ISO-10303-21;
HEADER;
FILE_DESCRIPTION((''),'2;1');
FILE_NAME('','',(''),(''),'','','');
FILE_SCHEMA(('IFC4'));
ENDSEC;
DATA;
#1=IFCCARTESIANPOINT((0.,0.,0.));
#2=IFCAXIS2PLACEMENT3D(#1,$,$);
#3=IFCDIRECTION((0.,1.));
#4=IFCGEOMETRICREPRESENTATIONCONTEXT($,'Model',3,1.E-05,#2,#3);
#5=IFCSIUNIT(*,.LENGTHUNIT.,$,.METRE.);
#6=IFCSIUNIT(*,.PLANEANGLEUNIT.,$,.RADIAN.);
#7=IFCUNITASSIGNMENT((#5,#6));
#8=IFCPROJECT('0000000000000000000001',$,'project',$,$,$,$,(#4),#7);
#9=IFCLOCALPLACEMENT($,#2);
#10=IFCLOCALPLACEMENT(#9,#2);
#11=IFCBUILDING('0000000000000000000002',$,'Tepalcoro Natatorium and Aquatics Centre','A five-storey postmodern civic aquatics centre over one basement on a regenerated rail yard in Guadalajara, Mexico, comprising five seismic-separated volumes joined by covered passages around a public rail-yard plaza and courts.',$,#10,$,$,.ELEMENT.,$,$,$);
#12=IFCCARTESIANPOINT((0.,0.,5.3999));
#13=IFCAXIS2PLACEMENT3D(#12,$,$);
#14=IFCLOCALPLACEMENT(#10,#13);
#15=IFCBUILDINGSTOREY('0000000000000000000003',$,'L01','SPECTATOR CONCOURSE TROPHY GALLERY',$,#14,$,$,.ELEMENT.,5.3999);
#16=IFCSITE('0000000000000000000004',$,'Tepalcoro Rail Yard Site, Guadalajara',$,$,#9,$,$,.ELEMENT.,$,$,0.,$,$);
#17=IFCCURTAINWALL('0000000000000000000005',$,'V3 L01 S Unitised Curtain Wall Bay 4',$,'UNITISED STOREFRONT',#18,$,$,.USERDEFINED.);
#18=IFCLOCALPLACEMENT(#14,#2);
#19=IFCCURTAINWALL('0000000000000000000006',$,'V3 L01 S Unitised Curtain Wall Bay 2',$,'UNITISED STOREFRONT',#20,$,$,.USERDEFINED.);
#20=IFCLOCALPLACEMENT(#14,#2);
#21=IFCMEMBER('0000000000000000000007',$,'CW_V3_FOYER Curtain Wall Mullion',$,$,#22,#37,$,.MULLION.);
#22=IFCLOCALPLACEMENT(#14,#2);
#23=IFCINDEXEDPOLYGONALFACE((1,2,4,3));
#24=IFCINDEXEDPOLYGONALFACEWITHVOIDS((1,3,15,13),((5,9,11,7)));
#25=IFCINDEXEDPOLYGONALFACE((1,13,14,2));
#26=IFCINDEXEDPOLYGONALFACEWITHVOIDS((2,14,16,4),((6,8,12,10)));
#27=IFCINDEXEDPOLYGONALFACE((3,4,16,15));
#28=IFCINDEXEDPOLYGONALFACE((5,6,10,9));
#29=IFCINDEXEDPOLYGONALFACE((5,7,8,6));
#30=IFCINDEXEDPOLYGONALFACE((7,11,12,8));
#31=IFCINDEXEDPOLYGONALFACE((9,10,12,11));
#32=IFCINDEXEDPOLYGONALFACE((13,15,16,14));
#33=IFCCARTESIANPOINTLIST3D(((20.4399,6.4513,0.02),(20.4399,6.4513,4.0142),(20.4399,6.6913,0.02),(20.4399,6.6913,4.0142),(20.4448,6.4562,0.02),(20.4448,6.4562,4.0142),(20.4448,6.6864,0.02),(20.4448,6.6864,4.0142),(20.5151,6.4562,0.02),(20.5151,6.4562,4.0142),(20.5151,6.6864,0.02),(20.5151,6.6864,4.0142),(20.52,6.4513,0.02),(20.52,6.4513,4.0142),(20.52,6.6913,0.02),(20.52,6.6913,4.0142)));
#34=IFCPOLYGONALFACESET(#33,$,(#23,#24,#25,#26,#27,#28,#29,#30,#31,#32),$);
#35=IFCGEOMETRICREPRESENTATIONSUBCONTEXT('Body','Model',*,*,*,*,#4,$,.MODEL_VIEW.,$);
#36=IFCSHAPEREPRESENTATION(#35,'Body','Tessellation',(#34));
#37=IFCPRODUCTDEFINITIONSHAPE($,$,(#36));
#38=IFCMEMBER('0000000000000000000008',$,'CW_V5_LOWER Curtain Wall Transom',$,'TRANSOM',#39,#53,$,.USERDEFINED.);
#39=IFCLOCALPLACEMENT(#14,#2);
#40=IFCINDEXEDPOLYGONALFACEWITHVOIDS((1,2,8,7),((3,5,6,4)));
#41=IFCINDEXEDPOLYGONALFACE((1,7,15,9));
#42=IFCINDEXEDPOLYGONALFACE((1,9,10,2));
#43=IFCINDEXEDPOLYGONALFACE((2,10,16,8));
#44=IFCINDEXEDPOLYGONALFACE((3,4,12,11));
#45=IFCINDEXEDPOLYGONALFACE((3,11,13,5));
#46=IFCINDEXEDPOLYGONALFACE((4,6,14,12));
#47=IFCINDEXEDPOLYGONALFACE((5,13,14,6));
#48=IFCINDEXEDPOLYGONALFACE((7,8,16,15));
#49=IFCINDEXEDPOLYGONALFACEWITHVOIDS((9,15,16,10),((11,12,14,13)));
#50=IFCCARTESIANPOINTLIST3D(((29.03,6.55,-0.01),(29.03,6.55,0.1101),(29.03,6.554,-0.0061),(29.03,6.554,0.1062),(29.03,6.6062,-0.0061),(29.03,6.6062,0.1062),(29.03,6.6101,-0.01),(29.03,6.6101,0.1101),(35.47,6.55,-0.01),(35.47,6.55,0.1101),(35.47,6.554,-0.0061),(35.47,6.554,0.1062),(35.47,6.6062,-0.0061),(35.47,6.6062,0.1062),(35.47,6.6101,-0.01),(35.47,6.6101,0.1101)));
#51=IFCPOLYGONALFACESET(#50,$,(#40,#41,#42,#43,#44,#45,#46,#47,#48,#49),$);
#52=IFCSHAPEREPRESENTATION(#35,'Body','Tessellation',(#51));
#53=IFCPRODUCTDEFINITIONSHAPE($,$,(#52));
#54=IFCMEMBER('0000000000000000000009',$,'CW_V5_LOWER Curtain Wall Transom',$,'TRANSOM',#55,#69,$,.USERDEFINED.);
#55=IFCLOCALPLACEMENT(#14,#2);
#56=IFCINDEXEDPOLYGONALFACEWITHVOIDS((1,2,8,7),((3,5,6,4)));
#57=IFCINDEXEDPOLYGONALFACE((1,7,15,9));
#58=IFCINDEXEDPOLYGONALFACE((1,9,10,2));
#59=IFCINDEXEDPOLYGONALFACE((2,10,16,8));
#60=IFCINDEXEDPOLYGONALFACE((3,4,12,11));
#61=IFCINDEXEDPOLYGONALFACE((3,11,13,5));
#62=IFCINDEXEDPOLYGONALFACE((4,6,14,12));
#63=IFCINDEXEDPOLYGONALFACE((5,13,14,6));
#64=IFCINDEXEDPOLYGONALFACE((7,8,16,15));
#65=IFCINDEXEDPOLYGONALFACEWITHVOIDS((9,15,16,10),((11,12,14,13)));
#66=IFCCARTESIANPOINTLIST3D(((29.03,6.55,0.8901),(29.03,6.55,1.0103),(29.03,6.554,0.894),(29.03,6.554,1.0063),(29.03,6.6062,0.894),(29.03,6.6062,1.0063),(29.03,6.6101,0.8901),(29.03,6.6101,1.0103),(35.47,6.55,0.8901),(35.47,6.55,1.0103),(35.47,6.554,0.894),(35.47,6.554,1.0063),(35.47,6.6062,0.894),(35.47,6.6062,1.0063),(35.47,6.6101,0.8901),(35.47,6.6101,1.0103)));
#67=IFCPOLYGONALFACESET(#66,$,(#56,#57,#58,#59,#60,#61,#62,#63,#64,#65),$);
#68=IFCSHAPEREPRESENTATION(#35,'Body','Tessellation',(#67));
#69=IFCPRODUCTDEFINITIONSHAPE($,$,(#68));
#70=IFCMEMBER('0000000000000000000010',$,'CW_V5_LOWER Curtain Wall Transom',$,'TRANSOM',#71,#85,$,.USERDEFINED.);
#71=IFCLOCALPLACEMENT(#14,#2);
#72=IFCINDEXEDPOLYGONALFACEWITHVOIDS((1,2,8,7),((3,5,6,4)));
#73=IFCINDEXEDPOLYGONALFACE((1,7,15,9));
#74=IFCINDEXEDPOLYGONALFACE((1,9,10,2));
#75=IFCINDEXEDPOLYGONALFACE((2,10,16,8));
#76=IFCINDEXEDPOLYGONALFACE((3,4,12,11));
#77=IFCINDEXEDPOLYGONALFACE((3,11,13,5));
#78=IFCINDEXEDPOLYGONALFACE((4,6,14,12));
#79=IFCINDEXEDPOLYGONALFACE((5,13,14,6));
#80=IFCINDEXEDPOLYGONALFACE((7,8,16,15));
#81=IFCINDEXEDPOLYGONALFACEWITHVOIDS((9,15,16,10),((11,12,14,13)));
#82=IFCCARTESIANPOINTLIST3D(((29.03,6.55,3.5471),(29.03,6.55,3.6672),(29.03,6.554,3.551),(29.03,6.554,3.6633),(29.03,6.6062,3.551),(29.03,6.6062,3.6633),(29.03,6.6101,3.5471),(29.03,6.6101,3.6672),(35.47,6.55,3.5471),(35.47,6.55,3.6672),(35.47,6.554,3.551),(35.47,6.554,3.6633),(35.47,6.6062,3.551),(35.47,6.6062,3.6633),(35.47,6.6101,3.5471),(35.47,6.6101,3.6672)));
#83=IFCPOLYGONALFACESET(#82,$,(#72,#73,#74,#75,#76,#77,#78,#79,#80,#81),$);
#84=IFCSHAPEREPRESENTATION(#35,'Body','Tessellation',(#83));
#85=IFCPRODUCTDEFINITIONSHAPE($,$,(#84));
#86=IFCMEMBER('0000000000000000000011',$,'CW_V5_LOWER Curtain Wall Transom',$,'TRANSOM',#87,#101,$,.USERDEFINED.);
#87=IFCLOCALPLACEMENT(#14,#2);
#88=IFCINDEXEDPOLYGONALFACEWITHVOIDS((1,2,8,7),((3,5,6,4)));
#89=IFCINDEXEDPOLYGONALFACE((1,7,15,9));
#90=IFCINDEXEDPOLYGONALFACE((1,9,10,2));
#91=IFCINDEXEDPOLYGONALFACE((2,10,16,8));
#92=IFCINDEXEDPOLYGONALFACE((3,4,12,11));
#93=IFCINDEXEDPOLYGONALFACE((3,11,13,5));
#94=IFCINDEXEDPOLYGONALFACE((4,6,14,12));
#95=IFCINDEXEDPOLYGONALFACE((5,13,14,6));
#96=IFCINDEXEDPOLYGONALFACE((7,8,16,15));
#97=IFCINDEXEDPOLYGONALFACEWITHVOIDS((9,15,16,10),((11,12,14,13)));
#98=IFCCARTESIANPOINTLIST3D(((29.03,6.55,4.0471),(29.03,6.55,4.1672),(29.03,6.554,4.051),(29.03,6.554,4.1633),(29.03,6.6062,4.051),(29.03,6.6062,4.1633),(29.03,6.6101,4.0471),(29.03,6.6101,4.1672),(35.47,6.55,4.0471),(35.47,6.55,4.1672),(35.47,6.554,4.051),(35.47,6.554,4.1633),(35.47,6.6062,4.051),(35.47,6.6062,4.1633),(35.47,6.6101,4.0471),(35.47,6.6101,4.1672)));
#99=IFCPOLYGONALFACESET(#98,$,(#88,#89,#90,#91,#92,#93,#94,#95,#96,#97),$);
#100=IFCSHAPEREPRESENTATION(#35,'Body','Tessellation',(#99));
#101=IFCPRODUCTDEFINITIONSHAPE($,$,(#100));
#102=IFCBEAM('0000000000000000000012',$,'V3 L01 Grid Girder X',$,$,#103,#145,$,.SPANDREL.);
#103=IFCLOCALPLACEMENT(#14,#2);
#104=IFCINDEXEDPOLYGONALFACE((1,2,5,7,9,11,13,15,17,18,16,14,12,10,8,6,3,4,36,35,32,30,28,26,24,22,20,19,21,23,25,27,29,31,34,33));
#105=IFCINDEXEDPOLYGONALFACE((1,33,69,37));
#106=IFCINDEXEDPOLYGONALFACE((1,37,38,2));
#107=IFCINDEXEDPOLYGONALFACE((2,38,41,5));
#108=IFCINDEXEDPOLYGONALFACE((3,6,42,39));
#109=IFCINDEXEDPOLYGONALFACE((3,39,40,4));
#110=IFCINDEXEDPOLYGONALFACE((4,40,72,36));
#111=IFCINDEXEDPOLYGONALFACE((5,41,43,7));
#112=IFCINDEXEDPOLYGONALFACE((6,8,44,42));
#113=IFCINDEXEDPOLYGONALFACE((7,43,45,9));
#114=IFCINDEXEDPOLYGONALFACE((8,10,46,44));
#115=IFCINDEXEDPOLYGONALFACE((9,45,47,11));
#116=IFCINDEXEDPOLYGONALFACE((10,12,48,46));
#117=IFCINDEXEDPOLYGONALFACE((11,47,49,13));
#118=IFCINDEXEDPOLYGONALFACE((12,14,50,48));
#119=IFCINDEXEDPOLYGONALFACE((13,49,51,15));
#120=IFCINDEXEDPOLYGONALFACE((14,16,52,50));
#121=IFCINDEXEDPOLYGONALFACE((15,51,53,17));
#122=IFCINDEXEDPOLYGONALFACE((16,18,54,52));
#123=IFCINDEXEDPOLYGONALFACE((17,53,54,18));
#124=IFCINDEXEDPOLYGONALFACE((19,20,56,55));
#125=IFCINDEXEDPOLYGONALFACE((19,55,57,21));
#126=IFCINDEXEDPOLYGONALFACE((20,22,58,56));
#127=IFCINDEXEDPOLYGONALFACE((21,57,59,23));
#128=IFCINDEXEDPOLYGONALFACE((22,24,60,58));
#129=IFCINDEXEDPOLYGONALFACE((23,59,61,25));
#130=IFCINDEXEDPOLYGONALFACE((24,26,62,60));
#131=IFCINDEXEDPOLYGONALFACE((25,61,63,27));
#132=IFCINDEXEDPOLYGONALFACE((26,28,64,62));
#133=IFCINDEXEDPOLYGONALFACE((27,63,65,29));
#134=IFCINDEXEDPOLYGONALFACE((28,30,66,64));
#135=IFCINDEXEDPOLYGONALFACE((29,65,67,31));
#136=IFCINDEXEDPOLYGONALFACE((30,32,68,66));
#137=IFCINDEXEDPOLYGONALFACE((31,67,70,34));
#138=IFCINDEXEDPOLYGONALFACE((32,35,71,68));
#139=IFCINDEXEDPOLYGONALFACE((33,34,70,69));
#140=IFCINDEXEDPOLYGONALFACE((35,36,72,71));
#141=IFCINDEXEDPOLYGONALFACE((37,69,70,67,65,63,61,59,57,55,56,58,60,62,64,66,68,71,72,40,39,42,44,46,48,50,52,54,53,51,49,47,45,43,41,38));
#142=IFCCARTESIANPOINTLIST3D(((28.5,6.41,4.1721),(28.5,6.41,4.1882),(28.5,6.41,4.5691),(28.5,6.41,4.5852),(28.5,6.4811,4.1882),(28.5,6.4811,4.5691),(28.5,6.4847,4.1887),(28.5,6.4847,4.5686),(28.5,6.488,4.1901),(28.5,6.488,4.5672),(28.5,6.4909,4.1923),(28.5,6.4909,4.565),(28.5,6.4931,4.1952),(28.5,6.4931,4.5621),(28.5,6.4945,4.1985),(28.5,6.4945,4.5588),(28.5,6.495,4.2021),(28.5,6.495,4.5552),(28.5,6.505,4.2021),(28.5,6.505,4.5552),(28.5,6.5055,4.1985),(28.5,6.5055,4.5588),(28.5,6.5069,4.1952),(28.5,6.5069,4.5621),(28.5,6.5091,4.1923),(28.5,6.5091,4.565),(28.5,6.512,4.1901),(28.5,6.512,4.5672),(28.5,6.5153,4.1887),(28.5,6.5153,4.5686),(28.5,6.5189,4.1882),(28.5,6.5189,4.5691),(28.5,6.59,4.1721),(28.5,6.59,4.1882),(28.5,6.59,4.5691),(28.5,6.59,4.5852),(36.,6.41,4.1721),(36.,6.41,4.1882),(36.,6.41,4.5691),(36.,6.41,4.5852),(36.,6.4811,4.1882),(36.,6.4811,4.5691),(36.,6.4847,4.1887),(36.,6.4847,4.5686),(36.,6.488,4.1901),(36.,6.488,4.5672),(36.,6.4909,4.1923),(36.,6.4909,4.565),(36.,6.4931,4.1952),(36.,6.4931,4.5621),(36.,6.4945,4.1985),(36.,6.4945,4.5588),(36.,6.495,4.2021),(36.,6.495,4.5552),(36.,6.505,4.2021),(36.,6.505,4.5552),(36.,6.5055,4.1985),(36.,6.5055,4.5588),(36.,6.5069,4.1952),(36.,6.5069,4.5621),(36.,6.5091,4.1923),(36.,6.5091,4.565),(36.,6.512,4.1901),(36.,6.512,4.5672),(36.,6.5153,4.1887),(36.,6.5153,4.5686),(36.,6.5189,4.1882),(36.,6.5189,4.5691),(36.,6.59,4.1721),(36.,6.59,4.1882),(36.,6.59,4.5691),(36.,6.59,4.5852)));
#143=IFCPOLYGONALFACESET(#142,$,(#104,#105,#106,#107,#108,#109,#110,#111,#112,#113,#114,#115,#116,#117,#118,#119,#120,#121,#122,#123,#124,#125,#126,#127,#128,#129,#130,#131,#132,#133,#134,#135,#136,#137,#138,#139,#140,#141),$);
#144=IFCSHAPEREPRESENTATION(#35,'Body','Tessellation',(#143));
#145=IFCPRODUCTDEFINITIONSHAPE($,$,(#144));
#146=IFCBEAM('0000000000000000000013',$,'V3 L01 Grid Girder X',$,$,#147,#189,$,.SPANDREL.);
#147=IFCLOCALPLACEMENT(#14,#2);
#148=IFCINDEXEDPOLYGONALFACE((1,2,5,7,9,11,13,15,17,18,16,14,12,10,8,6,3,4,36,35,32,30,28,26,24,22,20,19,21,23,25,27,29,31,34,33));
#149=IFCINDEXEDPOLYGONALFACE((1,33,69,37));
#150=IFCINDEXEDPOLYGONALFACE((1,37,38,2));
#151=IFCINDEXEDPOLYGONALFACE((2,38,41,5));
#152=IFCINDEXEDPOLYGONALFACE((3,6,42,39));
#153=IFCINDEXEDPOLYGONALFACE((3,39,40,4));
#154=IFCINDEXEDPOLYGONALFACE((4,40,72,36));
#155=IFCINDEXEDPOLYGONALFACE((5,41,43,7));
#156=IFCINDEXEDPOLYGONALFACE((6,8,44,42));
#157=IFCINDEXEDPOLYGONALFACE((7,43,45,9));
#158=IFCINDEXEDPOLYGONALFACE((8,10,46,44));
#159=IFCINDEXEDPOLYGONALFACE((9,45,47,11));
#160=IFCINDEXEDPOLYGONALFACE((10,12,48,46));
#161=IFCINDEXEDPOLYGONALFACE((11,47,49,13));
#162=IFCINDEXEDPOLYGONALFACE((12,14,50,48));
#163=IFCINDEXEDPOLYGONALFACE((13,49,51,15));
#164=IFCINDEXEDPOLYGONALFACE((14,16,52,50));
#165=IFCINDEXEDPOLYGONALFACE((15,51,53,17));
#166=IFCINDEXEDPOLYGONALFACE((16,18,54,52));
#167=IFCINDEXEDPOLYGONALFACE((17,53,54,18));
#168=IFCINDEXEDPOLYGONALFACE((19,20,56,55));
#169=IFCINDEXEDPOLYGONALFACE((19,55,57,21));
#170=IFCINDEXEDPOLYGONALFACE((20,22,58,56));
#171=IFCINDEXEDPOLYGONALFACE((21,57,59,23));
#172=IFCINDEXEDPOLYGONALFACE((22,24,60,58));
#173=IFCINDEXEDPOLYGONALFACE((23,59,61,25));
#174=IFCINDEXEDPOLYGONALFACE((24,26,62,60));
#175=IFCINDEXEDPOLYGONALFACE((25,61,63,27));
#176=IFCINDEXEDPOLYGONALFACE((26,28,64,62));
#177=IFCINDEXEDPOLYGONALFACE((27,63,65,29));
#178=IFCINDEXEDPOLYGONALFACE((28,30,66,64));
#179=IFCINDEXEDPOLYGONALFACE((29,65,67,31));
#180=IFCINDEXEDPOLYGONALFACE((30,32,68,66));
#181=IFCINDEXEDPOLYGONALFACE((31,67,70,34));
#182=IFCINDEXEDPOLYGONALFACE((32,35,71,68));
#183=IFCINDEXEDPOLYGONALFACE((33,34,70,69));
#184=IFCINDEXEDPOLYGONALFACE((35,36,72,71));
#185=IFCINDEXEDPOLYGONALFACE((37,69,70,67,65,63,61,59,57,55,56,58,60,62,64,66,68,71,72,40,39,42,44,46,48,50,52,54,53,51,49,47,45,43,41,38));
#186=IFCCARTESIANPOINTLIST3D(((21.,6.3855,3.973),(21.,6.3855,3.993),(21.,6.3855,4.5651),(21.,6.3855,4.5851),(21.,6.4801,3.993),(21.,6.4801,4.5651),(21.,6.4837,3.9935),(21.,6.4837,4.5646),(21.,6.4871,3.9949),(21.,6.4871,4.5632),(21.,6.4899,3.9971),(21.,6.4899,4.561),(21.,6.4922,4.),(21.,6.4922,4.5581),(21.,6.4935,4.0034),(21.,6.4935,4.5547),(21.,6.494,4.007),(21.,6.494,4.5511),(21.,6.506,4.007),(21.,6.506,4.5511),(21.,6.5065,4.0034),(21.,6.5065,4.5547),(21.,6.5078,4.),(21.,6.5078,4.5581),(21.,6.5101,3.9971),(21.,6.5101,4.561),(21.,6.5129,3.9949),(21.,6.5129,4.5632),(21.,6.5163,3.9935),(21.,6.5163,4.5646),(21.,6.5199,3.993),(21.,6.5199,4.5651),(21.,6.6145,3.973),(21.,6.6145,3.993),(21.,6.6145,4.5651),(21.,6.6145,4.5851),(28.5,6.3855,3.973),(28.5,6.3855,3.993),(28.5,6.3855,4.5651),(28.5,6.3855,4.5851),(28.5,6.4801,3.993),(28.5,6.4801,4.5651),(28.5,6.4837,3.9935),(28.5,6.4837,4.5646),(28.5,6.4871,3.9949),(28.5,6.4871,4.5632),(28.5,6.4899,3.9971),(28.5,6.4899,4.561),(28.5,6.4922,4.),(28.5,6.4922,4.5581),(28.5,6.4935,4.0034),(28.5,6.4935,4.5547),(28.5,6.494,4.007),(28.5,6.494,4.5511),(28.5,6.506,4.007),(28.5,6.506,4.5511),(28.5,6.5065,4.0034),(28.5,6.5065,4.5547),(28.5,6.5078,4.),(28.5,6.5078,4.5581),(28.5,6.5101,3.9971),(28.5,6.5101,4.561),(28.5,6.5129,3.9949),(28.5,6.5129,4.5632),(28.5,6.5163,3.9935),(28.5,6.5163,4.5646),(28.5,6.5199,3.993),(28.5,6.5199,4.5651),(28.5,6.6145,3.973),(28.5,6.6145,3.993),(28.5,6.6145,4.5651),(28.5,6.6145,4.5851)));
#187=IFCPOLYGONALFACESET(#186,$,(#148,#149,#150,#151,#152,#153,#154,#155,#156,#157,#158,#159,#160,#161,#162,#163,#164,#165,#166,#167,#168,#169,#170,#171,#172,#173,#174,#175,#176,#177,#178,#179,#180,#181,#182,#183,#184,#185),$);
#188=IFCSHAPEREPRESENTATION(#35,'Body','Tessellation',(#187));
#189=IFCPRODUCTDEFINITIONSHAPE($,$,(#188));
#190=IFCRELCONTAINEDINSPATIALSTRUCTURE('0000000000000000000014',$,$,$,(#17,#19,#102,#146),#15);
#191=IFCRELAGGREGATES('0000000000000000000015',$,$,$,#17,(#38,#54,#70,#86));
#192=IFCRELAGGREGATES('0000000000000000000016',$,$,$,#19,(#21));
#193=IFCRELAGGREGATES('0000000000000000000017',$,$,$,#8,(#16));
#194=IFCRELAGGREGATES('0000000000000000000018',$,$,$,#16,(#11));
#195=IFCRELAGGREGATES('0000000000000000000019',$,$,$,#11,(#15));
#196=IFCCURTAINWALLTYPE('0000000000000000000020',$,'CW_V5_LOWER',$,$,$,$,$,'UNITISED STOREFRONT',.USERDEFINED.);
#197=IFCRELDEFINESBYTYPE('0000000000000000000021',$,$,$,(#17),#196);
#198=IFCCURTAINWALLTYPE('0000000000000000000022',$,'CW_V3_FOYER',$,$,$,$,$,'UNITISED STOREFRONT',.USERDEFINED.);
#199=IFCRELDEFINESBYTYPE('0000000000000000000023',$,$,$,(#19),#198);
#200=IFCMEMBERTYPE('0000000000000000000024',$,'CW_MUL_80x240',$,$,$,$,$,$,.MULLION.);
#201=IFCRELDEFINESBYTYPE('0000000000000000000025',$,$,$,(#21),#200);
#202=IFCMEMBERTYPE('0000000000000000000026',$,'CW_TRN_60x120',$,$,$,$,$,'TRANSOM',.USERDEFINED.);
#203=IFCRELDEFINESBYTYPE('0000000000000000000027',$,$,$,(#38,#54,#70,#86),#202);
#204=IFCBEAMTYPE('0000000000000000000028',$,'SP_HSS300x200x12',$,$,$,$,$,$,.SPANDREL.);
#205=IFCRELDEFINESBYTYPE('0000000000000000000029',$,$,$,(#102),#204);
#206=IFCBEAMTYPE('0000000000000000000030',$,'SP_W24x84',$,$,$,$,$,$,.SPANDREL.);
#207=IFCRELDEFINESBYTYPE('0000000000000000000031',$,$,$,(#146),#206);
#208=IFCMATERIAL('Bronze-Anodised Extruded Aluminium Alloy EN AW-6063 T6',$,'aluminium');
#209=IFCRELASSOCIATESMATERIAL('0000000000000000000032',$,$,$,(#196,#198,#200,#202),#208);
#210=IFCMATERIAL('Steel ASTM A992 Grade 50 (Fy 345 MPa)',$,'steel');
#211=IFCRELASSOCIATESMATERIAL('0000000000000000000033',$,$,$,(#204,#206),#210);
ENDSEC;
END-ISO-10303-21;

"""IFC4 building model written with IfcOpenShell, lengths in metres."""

from ifc_helpers import new_model, si_unit, direction, frame, origin, origin_2d, place, context, subcontext, project, spatial, hollow_rectangle, i_section, extrude, material, material_profile, profile_set, type_object, element, aggregate, save


model = new_model("IFC4")

# Units and contexts
model_context = context("Model", 3, precision=1e-05, world=origin(), true_north=direction((0.0, 1.0)))
body_context = subcontext(model_context, "Body", "Model", "MODEL_VIEW")
ifc_project = project(units=[si_unit("LENGTHUNIT", "METRE"), si_unit("PLANEANGLEUNIT", "RADIAN")], contexts=[model_context])

# Site, building, storey
site_placement = place(None, origin())
site = spatial("IfcSite", under=ifc_project, at=site_placement, Name="Tepalcoro Rail Yard Site, Guadalajara", CompositionType="ELEMENT", RefElevation=0.0)
building_placement = place(site_placement, origin())
building = spatial("IfcBuilding", under=site, at=building_placement, Name="Tepalcoro Natatorium and Aquatics Centre", Description="A five-storey postmodern civic aquatics centre over one basement on a regenerated rail yard in Guadalajara, Mexico, comprising five seismic-separated volumes joined by covered passages around a public rail-yard plaza and courts.", CompositionType="ELEMENT")
storey_placement = place(building_placement, frame((0.0, 0.0, 5.3999)))
storey = spatial("IfcBuildingStorey", under=building, at=storey_placement, Name="L01", Description="SPECTATOR CONCOURSE TROPHY GALLERY", CompositionType="ELEMENT", Elevation=5.3999)

# Shared definitions
ifc_material_1 = material(Name="Steel ASTM A992 Grade 50 (Fy 345 MPa)", Category="steel")

# Curtain wall
ifc_material_2 = material(Name="Bronze-Anodised Extruded Aluminium Alloy EN AW-6063 T6", Category="aluminium")
curtain_wall_type_1 = type_object("IfcCurtainWallType", Name="CW_V5_LOWER", ElementType="UNITISED STOREFRONT", PredefinedType="USERDEFINED", material=ifc_material_2)
curtain_wall_1_placement = place(storey_placement, origin())
curtain_wall_1 = element("IfcCurtainWall", 1, at=curtain_wall_1_placement, inside=storey, type_object=curtain_wall_type_1, Name="V3 L01 S Unitised Curtain Wall Bay 4", ObjectType="UNITISED STOREFRONT", PredefinedType="USERDEFINED")

# Curtain wall, member
curtain_wall_type_2 = type_object("IfcCurtainWallType", Name="CW_V3_FOYER", ElementType="UNITISED STOREFRONT", PredefinedType="USERDEFINED", material=ifc_material_2)
curtain_wall_2_placement = place(storey_placement, origin())
curtain_wall_2 = element("IfcCurtainWall", 2, at=curtain_wall_2_placement, inside=storey, type_object=curtain_wall_type_2, Name="V3 L01 S Unitised Curtain Wall Bay 2", ObjectType="UNITISED STOREFRONT", PredefinedType="USERDEFINED")
ifc_material_profile_1 = material_profile(ifc_material_2, hollow_rectangle(XDim=0.0801, YDim=0.24, WallThickness=0.0049, at=origin_2d()), Name="AL80X240X5")
ifc_profile_set_1 = profile_set([ifc_material_profile_1], Name="Bronze-Anodised Extruded Aluminium Alloy EN AW-6063 T6")
member_type_1 = type_object("IfcMemberType", Name="CW_MUL_80x240", PredefinedType="MULLION", material=ifc_profile_set_1)
member_1_placement = place(storey_placement, frame((20.48, 6.5713, 0.02), z_axis=(0.0, 0.0, 1.0), x_axis=(1.0, 0.0, 0.0)))
member_1 = element("IfcMember", 3, at=member_1_placement, type_object=member_type_1, Name="CW_V3_FOYER Curtain Wall Mullion", PredefinedType="MULLION", context=body_context, shape_type="SweptSolid", body=[
    extrude(hollow_rectangle(XDim=0.0801, YDim=0.24, WallThickness=0.0049, at=origin_2d()), origin(), (0.0, 0.0, 1.0), 3.9941),
])

# Members
ifc_material_profile_2 = material_profile(ifc_material_2, hollow_rectangle(XDim=0.0601, YDim=0.1201, WallThickness=0.0039, at=origin_2d()), Name="AL60X120X4")
ifc_profile_set_2 = profile_set([ifc_material_profile_2], Name="Bronze-Anodised Extruded Aluminium Alloy EN AW-6063 T6")
member_type_2 = type_object("IfcMemberType", Name="CW_TRN_60x120", ElementType="TRANSOM", PredefinedType="USERDEFINED", material=ifc_profile_set_2)
member_2_placement = place(storey_placement, frame((29.03, 6.5801, 0.05), z_axis=(1.0, 0.0, 0.0), x_axis=(0.0, 1.0, 0.0)))
member_2 = element("IfcMember", 4, at=member_2_placement, type_object=member_type_2, Name="CW_V5_LOWER Curtain Wall Transom", ObjectType="TRANSOM", PredefinedType="USERDEFINED", context=body_context, shape_type="SweptSolid", body=[
    extrude(hollow_rectangle(XDim=0.0601, YDim=0.1201, WallThickness=0.0039, at=origin_2d()), origin(), (0.0, 0.0, 1.0), 6.4399),
])
member_3_placement = place(storey_placement, frame((29.03, 6.5801, 0.9502), z_axis=(1.0, 0.0, 0.0), x_axis=(0.0, 1.0, 0.0)))
member_3 = element("IfcMember", 5, at=member_3_placement, type_object=member_type_2, Name="CW_V5_LOWER Curtain Wall Transom", ObjectType="TRANSOM", PredefinedType="USERDEFINED", context=body_context, shape_type="SweptSolid", body=[
    extrude(hollow_rectangle(XDim=0.0601, YDim=0.1201, WallThickness=0.0039, at=origin_2d()), origin(), (0.0, 0.0, 1.0), 6.4399),
])
member_4_placement = place(storey_placement, frame((29.03, 6.5801, 3.6072), z_axis=(1.0, 0.0, 0.0), x_axis=(0.0, 1.0, 0.0)))
member_4 = element("IfcMember", 6, at=member_4_placement, type_object=member_type_2, Name="CW_V5_LOWER Curtain Wall Transom", ObjectType="TRANSOM", PredefinedType="USERDEFINED", context=body_context, shape_type="SweptSolid", body=[
    extrude(hollow_rectangle(XDim=0.0601, YDim=0.1201, WallThickness=0.0039, at=origin_2d()), origin(), (0.0, 0.0, 1.0), 6.4399),
])
member_5_placement = place(storey_placement, frame((29.03, 6.5801, 4.1072), z_axis=(1.0, 0.0, 0.0), x_axis=(0.0, 1.0, 0.0)))
member_5 = element("IfcMember", 7, at=member_5_placement, type_object=member_type_2, Name="CW_V5_LOWER Curtain Wall Transom", ObjectType="TRANSOM", PredefinedType="USERDEFINED", context=body_context, shape_type="SweptSolid", body=[
    extrude(hollow_rectangle(XDim=0.0601, YDim=0.1201, WallThickness=0.0039, at=origin_2d()), origin(), (0.0, 0.0, 1.0), 6.4399),
])
aggregate(curtain_wall_1, [member_2, member_3, member_4, member_5])

# Beams
ifc_material_profile_3 = material_profile(ifc_material_1, i_section(OverallWidth=0.1799, OverallDepth=0.4131, WebThickness=0.01, FlangeThickness=0.0161, FilletRadius=0.0139, at=origin_2d()), Name="W16X50")
ifc_profile_set_3 = profile_set([ifc_material_profile_3], Name="Steel ASTM A992 Grade 50 (Fy 345 MPa)")
beam_type_1 = type_object("IfcBeamType", Name="SP_HSS300x200x12", PredefinedType="SPANDREL", material=ifc_profile_set_3)
beam_1_placement = place(storey_placement, frame((28.5, 6.5, 4.3787), z_axis=(1.0, 0.0, 0.0), x_axis=(0.0, 1.0, 0.0)))
element("IfcBeam", 8, at=beam_1_placement, inside=storey, type_object=beam_type_1, Name="V3 L01 Grid Girder X", PredefinedType="SPANDREL", context=body_context, shape_type="SweptSolid", body=[
    extrude(i_section(OverallWidth=0.1799, OverallDepth=0.4131, WebThickness=0.01, FlangeThickness=0.0161, FilletRadius=0.0139, at=origin_2d()), origin(), (0.0, 0.0, 1.0), 7.5),
])
ifc_material_profile_4 = material_profile(ifc_material_1, i_section(OverallWidth=0.229, OverallDepth=0.6121, WebThickness=0.012, FlangeThickness=0.02, FilletRadius=0.0139, at=origin_2d()), Name="W24X84")
ifc_profile_set_4 = profile_set([ifc_material_profile_4], Name="Steel ASTM A992 Grade 50 (Fy 345 MPa)")
beam_type_2 = type_object("IfcBeamType", Name="SP_W24x84", PredefinedType="SPANDREL", material=ifc_profile_set_4)
beam_2_placement = place(storey_placement, frame((21.0, 6.5, 4.2791), z_axis=(1.0, 0.0, 0.0), x_axis=(0.0, 1.0, 0.0)))
element("IfcBeam", 9, at=beam_2_placement, inside=storey, type_object=beam_type_2, Name="V3 L01 Grid Girder X", PredefinedType="SPANDREL", context=body_context, shape_type="SweptSolid", body=[
    extrude(i_section(OverallWidth=0.229, OverallDepth=0.6121, WebThickness=0.012, FlangeThickness=0.02, FilletRadius=0.0139, at=origin_2d()), origin(), (0.0, 0.0, 1.0), 7.5),
])

aggregate(curtain_wall_2, [member_1])

save(model, "model.ifc")
